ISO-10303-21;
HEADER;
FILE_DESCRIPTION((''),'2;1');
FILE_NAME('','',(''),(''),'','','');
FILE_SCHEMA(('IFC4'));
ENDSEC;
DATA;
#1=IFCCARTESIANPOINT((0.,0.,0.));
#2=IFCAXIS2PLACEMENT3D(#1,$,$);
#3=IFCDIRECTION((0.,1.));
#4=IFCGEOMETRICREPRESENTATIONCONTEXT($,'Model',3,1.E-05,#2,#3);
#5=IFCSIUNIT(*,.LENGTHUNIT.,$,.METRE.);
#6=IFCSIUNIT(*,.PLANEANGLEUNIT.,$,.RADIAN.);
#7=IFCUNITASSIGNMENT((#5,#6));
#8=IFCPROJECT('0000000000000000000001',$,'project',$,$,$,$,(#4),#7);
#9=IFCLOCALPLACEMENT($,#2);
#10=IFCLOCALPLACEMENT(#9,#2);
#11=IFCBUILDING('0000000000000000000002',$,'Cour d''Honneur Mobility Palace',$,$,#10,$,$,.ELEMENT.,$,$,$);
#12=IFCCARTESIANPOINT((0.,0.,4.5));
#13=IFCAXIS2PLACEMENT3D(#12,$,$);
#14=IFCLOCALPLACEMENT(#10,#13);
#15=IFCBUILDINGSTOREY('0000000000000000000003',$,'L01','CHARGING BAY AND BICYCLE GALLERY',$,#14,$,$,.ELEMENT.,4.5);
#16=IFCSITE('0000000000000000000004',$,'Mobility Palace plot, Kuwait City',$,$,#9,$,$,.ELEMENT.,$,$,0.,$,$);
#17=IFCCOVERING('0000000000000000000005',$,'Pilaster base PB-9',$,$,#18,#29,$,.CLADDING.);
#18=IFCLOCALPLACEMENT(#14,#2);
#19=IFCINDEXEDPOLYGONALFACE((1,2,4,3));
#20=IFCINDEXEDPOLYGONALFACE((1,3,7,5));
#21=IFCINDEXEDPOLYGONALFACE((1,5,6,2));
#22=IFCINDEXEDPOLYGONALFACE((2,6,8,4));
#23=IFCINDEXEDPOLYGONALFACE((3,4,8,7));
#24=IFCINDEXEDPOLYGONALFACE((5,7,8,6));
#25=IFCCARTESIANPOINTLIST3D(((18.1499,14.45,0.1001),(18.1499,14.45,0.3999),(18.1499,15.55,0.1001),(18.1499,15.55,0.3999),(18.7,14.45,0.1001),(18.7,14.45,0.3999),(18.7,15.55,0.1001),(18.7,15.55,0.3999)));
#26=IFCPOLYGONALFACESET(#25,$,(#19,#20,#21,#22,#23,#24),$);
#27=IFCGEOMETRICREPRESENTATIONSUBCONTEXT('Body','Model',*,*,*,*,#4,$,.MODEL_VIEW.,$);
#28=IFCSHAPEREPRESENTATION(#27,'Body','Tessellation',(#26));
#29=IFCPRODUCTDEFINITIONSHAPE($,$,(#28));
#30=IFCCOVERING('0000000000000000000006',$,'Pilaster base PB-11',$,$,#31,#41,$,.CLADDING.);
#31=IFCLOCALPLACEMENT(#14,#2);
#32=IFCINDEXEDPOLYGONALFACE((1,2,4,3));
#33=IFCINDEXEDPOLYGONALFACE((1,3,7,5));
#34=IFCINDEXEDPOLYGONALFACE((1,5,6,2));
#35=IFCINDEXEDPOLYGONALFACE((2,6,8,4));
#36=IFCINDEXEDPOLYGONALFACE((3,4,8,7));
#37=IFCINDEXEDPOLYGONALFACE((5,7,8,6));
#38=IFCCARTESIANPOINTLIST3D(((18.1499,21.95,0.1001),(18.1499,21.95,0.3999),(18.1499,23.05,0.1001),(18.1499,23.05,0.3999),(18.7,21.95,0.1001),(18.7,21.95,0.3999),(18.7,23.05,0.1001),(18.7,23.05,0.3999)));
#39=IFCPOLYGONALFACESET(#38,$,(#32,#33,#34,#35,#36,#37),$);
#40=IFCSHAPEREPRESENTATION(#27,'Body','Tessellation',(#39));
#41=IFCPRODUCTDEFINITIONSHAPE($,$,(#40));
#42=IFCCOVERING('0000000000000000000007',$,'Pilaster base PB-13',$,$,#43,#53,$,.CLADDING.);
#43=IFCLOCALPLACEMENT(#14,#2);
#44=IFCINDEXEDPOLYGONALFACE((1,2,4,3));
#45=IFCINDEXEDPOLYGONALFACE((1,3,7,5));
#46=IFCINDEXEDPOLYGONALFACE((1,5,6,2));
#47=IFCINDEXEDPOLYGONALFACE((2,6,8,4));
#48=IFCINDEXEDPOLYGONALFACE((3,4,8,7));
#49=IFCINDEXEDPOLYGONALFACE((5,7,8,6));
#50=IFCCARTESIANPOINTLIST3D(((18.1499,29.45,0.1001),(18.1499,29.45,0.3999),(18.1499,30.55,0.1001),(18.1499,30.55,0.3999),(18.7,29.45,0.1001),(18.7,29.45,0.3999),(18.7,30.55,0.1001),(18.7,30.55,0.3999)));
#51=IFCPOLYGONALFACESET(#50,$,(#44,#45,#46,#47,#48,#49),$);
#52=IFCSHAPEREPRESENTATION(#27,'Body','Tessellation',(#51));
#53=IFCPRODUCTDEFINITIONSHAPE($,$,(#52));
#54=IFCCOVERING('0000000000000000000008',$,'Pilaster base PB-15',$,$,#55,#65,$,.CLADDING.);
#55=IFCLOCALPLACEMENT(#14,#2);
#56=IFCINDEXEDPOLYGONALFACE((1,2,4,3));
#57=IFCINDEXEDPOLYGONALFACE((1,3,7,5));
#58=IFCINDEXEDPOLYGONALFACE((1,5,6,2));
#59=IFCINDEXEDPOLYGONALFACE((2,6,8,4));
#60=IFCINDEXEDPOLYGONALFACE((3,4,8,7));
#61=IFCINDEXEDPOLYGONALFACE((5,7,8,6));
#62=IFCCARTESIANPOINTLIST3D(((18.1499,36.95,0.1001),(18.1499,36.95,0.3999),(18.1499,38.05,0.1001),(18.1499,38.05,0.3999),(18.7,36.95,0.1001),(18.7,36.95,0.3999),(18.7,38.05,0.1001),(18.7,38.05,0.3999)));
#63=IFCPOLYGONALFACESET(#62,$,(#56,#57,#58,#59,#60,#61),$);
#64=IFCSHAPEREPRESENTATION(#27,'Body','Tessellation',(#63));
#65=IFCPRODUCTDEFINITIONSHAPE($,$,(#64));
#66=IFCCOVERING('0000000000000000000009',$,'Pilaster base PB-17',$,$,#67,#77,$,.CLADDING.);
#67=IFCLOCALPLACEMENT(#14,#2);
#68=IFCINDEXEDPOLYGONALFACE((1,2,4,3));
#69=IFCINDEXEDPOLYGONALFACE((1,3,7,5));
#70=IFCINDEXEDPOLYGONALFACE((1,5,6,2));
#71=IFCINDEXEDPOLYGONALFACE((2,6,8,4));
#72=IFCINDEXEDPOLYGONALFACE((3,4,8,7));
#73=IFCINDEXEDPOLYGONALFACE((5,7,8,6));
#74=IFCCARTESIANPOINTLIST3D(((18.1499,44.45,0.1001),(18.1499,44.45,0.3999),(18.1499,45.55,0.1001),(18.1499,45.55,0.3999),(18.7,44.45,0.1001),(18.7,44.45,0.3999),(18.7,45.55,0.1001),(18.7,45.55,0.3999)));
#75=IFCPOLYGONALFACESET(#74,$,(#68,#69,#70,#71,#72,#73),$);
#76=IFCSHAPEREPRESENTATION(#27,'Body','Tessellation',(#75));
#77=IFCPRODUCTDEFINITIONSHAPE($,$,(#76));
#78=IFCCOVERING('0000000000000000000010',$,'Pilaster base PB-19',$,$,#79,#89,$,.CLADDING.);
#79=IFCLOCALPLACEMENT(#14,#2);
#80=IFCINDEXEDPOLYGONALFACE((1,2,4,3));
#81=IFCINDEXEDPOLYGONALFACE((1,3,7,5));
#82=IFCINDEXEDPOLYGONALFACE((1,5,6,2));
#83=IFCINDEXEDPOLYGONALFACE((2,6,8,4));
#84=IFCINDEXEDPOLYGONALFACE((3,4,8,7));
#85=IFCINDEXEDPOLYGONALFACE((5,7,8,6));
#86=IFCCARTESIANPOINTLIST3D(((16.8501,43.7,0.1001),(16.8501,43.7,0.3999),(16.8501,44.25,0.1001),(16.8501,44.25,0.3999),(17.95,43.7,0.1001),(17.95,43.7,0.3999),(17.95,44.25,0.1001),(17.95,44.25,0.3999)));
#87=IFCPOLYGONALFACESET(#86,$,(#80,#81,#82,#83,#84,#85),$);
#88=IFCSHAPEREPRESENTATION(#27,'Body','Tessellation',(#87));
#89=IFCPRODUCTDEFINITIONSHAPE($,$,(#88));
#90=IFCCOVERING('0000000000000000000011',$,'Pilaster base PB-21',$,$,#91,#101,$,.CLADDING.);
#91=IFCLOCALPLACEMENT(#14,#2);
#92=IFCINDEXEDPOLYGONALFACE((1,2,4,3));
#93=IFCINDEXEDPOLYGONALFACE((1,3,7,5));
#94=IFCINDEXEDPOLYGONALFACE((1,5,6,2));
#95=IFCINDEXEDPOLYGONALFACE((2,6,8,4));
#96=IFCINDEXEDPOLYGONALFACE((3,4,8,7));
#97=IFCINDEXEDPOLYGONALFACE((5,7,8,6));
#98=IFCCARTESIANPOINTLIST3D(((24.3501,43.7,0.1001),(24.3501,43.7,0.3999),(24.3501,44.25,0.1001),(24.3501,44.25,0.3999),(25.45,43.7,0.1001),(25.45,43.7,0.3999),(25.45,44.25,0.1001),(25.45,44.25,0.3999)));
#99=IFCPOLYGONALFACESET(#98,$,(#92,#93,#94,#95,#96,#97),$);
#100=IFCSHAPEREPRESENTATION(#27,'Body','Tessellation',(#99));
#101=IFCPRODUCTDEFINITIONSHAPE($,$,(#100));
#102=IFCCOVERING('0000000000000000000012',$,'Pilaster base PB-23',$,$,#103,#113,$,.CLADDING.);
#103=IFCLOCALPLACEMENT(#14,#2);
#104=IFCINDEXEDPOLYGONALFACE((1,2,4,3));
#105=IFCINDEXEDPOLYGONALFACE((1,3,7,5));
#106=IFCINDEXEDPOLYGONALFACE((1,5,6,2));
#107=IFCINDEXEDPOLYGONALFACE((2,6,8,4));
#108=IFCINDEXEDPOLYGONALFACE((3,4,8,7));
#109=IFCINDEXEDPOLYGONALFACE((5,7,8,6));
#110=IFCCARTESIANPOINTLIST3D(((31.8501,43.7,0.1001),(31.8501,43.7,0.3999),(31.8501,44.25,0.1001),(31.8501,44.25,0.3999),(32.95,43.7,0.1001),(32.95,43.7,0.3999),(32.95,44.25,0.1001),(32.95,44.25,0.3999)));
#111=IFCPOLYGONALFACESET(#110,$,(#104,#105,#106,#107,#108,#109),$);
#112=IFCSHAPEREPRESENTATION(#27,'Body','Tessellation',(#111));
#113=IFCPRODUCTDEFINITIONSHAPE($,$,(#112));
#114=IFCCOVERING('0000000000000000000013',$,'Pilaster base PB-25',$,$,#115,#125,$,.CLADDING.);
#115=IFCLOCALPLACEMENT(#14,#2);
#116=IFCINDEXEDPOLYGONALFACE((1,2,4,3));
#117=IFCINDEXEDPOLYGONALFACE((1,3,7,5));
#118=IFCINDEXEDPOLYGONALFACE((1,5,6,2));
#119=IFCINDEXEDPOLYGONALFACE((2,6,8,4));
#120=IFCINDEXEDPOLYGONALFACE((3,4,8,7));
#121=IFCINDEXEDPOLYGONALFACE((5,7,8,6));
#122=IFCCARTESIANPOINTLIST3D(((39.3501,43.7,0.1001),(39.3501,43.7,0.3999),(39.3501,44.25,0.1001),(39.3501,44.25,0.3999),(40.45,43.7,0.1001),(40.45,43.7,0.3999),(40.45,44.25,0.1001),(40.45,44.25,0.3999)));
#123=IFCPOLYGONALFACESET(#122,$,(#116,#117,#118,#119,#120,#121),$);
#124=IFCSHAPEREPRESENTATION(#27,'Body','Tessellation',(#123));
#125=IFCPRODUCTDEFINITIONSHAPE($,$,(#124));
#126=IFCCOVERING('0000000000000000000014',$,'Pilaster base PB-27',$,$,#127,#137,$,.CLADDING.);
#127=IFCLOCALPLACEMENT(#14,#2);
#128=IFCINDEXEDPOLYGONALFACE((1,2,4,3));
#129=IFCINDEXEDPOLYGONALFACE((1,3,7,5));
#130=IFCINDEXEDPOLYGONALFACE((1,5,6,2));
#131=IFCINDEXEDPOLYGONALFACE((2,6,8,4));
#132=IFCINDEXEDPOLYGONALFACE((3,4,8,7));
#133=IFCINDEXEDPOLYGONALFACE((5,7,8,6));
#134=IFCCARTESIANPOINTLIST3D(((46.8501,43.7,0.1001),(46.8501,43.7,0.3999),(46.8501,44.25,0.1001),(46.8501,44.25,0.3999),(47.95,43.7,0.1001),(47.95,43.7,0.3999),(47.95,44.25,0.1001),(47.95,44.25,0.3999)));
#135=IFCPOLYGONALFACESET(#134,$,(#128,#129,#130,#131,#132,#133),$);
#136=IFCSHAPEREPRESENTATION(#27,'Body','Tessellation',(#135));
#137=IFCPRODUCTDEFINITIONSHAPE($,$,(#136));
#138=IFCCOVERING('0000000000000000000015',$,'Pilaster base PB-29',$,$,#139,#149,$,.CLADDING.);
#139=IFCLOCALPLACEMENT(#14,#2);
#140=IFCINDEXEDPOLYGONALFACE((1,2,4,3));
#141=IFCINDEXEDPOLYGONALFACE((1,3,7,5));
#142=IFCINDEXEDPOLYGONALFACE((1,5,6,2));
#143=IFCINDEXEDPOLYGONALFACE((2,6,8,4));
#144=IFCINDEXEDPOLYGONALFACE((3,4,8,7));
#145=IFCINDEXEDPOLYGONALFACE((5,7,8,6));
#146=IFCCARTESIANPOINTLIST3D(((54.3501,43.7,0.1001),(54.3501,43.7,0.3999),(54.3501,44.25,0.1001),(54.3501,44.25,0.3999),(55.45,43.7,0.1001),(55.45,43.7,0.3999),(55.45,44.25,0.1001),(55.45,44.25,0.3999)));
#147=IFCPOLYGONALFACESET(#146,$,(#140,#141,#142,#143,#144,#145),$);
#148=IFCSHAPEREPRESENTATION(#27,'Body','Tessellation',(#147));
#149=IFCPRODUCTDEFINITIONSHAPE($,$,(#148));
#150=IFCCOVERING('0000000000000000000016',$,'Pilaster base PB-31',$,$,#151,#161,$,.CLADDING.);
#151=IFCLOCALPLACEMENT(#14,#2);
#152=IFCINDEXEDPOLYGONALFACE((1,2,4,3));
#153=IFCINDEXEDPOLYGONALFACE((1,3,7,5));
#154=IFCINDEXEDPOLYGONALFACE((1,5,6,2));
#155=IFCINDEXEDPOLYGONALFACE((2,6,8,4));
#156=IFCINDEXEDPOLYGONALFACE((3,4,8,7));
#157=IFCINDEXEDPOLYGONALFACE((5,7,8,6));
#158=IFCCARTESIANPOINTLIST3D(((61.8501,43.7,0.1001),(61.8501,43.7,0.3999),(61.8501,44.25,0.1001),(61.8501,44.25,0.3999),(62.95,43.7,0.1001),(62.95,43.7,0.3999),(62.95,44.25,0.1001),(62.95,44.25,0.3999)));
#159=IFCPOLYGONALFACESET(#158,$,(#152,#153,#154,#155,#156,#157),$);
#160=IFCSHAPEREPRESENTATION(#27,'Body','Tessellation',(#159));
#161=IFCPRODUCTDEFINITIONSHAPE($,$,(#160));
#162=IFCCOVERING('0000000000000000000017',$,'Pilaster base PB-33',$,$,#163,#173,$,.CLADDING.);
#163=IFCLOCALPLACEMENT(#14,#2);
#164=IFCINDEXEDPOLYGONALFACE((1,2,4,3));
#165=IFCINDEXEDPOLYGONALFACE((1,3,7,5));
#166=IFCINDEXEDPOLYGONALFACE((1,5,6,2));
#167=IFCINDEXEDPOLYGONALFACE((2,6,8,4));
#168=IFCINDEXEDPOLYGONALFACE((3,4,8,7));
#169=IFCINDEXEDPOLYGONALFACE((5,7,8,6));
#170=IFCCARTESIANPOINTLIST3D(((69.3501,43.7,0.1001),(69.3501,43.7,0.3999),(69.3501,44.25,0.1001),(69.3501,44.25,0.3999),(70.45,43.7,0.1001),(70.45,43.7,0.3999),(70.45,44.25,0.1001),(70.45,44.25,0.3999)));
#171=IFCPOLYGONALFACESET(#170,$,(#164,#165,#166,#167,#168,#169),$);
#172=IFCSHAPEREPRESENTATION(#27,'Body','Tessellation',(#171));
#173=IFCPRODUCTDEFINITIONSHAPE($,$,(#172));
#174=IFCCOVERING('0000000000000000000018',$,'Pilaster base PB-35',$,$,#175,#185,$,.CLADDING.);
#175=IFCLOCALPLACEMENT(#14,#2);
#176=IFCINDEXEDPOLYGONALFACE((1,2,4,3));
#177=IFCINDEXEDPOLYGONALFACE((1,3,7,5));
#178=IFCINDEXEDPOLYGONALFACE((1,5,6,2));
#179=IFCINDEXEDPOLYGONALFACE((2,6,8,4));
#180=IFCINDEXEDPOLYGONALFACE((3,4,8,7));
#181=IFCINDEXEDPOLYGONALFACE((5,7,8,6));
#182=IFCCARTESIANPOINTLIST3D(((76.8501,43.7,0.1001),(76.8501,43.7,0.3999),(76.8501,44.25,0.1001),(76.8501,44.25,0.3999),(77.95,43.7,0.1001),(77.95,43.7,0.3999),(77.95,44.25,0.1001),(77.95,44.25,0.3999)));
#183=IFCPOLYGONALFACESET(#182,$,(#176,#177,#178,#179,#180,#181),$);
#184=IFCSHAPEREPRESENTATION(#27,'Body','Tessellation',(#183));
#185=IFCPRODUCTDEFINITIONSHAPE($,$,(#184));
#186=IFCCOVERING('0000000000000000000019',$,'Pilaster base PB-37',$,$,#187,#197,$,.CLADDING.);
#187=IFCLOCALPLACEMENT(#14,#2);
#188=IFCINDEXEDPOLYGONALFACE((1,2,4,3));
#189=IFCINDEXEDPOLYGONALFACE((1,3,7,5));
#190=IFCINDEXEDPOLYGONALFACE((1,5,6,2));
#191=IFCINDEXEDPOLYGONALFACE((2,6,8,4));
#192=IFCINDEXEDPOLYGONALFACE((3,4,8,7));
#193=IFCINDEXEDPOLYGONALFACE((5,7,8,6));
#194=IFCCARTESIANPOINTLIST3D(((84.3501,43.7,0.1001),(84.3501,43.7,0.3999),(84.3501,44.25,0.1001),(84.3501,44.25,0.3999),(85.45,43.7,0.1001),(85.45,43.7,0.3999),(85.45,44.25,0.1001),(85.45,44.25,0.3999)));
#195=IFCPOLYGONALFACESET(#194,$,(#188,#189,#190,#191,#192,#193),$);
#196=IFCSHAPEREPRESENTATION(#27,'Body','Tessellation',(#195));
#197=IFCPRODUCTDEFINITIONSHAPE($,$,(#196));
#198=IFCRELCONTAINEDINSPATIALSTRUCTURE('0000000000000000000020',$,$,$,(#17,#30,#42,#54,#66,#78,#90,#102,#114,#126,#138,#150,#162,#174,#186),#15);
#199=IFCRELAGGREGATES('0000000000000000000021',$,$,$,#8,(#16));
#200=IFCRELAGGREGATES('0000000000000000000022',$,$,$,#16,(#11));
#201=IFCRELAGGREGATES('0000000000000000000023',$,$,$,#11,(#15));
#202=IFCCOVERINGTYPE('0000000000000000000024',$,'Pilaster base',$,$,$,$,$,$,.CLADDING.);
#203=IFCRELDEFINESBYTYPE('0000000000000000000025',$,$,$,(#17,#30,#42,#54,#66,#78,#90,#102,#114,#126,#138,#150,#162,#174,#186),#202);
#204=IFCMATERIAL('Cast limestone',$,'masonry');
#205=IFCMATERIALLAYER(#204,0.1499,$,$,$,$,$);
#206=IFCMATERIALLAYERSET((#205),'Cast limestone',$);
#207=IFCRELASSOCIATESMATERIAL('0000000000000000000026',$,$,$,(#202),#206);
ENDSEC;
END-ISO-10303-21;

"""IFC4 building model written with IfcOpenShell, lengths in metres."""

from ifc_helpers import new_model, si_unit, direction, frame, origin, place, context, subcontext, project, spatial, polyline, outline, extrude, material, layer, layer_set, type_object, element, save


model = new_model("IFC4")

# Units and contexts
model_context = context("Model", 3, precision=1e-05, world=origin(), true_north=direction((0.0, 1.0)))
body_context = subcontext(model_context, "Body", "Model", "MODEL_VIEW")
ifc_project = project(units=[si_unit("LENGTHUNIT", "METRE"), si_unit("PLANEANGLEUNIT", "RADIAN")], contexts=[model_context])

# Site, building, storey
site_placement = place(None, origin())
site = spatial("IfcSite", under=ifc_project, at=site_placement, Name="Mobility Palace plot, Kuwait City", CompositionType="ELEMENT", RefElevation=0.0)
building_placement = place(site_placement, origin())
building = spatial("IfcBuilding", under=site, at=building_placement, Name="Cour d'Honneur Mobility Palace", CompositionType="ELEMENT")
storey_placement = place(building_placement, frame((0.0, 0.0, 4.5)))
storey = spatial("IfcBuildingStorey", under=building, at=storey_placement, Name="L01", Description="CHARGING BAY AND BICYCLE GALLERY", CompositionType="ELEMENT", Elevation=4.5)

# Coverings
ifc_material = material(Name="Cast limestone", Category="masonry")
ifc_layer = layer(ifc_material, 0.1499)
ifc_layer_set = layer_set([ifc_layer], Name="Cast limestone")
covering_type = type_object("IfcCoveringType", Name="Pilaster base", PredefinedType="CLADDING", material=ifc_layer_set)
covering_1_placement = place(storey_placement, frame((0.0, 0.0, 0.1001)))
element("IfcCovering", 1, at=covering_1_placement, inside=storey, type_object=covering_type, Name="Pilaster base PB-9", PredefinedType="CLADDING", context=body_context, shape_type="SweptSolid", body=[
    extrude(outline(polyline([(18.1499, 14.45), (18.1499, 15.55), (18.7, 15.55), (18.7, 14.45), (18.1499, 14.45)])), origin(), (0.0, 0.0, 1.0), 0.2998),
])
covering_2_placement = place(storey_placement, frame((0.0, 0.0, 0.1001)))
element("IfcCovering", 2, at=covering_2_placement, inside=storey, type_object=covering_type, Name="Pilaster base PB-11", PredefinedType="CLADDING", context=body_context, shape_type="SweptSolid", body=[
    extrude(outline(polyline([(18.1499, 21.95), (18.1499, 23.05), (18.7, 23.05), (18.7, 21.95), (18.1499, 21.95)])), origin(), (0.0, 0.0, 1.0), 0.2998),
])
covering_3_placement = place(storey_placement, frame((0.0, 0.0, 0.1001)))
element("IfcCovering", 3, at=covering_3_placement, inside=storey, type_object=covering_type, Name="Pilaster base PB-13", PredefinedType="CLADDING", context=body_context, shape_type="SweptSolid", body=[
    extrude(outline(polyline([(18.1499, 29.45), (18.1499, 30.55), (18.7, 30.55), (18.7, 29.45), (18.1499, 29.45)])), origin(), (0.0, 0.0, 1.0), 0.2998),
])
covering_4_placement = place(storey_placement, frame((0.0, 0.0, 0.1001)))
element("IfcCovering", 4, at=covering_4_placement, inside=storey, type_object=covering_type, Name="Pilaster base PB-15", PredefinedType="CLADDING", context=body_context, shape_type="SweptSolid", body=[
    extrude(outline(polyline([(18.1499, 36.95), (18.1499, 38.05), (18.7, 38.05), (18.7, 36.95), (18.1499, 36.95)])), origin(), (0.0, 0.0, 1.0), 0.2998),
])
covering_5_placement = place(storey_placement, frame((0.0, 0.0, 0.1001)))
element("IfcCovering", 5, at=covering_5_placement, inside=storey, type_object=covering_type, Name="Pilaster base PB-17", PredefinedType="CLADDING", context=body_context, shape_type="SweptSolid", body=[
    extrude(outline(polyline([(18.1499, 44.45), (18.1499, 45.55), (18.7, 45.55), (18.7, 44.45), (18.1499, 44.45)])), origin(), (0.0, 0.0, 1.0), 0.2998),
])
covering_6_placement = place(storey_placement, frame((0.0, 0.0, 0.1001)))
element("IfcCovering", 6, at=covering_6_placement, inside=storey, type_object=covering_type, Name="Pilaster base PB-19", PredefinedType="CLADDING", context=body_context, shape_type="SweptSolid", body=[
    extrude(outline(polyline([(16.8501, 44.25), (17.95, 44.25), (17.95, 43.7), (16.8501, 43.7), (16.8501, 44.25)])), origin(), (0.0, 0.0, 1.0), 0.2998),
])
covering_7_placement = place(storey_placement, frame((0.0, 0.0, 0.1001)))
element("IfcCovering", 7, at=covering_7_placement, inside=storey, type_object=covering_type, Name="Pilaster base PB-21", PredefinedType="CLADDING", context=body_context, shape_type="SweptSolid", body=[
    extrude(outline(polyline([(24.3501, 44.25), (25.45, 44.25), (25.45, 43.7), (24.3501, 43.7), (24.3501, 44.25)])), origin(), (0.0, 0.0, 1.0), 0.2998),
])
covering_8_placement = place(storey_placement, frame((0.0, 0.0, 0.1001)))
element("IfcCovering", 8, at=covering_8_placement, inside=storey, type_object=covering_type, Name="Pilaster base PB-23", PredefinedType="CLADDING", context=body_context, shape_type="SweptSolid", body=[
    extrude(outline(polyline([(31.8501, 44.25), (32.95, 44.25), (32.95, 43.7), (31.8501, 43.7), (31.8501, 44.25)])), origin(), (0.0, 0.0, 1.0), 0.2998),
])
covering_9_placement = place(storey_placement, frame((0.0, 0.0, 0.1001)))
element("IfcCovering", 9, at=covering_9_placement, inside=storey, type_object=covering_type, Name="Pilaster base PB-25", PredefinedType="CLADDING", context=body_context, shape_type="SweptSolid", body=[
    extrude(outline(polyline([(39.3501, 44.25), (40.45, 44.25), (40.45, 43.7), (39.3501, 43.7), (39.3501, 44.25)])), origin(), (0.0, 0.0, 1.0), 0.2998),
])
covering_10_placement = place(storey_placement, frame((0.0, 0.0, 0.1001)))
element("IfcCovering", 10, at=covering_10_placement, inside=storey, type_object=covering_type, Name="Pilaster base PB-27", PredefinedType="CLADDING", context=body_context, shape_type="SweptSolid", body=[
    extrude(outline(polyline([(46.8501, 44.25), (47.95, 44.25), (47.95, 43.7), (46.8501, 43.7), (46.8501, 44.25)])), origin(), (0.0, 0.0, 1.0), 0.2998),
])
covering_11_placement = place(storey_placement, frame((0.0, 0.0, 0.1001)))
element("IfcCovering", 11, at=covering_11_placement, inside=storey, type_object=covering_type, Name="Pilaster base PB-29", PredefinedType="CLADDING", context=body_context, shape_type="SweptSolid", body=[
    extrude(outline(polyline([(54.3501, 44.25), (55.45, 44.25), (55.45, 43.7), (54.3501, 43.7), (54.3501, 44.25)])), origin(), (0.0, 0.0, 1.0), 0.2998),
])
covering_12_placement = place(storey_placement, frame((0.0, 0.0, 0.1001)))
element("IfcCovering", 12, at=covering_12_placement, inside=storey, type_object=covering_type, Name="Pilaster base PB-31", PredefinedType="CLADDING", context=body_context, shape_type="SweptSolid", body=[
    extrude(outline(polyline([(61.8501, 44.25), (62.95, 44.25), (62.95, 43.7), (61.8501, 43.7), (61.8501, 44.25)])), origin(), (0.0, 0.0, 1.0), 0.2998),
])
covering_13_placement = place(storey_placement, frame((0.0, 0.0, 0.1001)))
element("IfcCovering", 13, at=covering_13_placement, inside=storey, type_object=covering_type, Name="Pilaster base PB-33", PredefinedType="CLADDING", context=body_context, shape_type="SweptSolid", body=[
    extrude(outline(polyline([(69.3501, 44.25), (70.45, 44.25), (70.45, 43.7), (69.3501, 43.7), (69.3501, 44.25)])), origin(), (0.0, 0.0, 1.0), 0.2998),
])
covering_14_placement = place(storey_placement, frame((0.0, 0.0, 0.1001)))
element("IfcCovering", 14, at=covering_14_placement, inside=storey, type_object=covering_type, Name="Pilaster base PB-35", PredefinedType="CLADDING", context=body_context, shape_type="SweptSolid", body=[
    extrude(outline(polyline([(76.8501, 44.25), (77.95, 44.25), (77.95, 43.7), (76.8501, 43.7), (76.8501, 44.25)])), origin(), (0.0, 0.0, 1.0), 0.2998),
])
covering_15_placement = place(storey_placement, frame((0.0, 0.0, 0.1001)))
element("IfcCovering", 15, at=covering_15_placement, inside=storey, type_object=covering_type, Name="Pilaster base PB-37", PredefinedType="CLADDING", context=body_context, shape_type="SweptSolid", body=[
    extrude(outline(polyline([(84.3501, 44.25), (85.45, 44.25), (85.45, 43.7), (84.3501, 43.7), (84.3501, 44.25)])), origin(), (0.0, 0.0, 1.0), 0.2998),
])

save(model, "model.ifc")
